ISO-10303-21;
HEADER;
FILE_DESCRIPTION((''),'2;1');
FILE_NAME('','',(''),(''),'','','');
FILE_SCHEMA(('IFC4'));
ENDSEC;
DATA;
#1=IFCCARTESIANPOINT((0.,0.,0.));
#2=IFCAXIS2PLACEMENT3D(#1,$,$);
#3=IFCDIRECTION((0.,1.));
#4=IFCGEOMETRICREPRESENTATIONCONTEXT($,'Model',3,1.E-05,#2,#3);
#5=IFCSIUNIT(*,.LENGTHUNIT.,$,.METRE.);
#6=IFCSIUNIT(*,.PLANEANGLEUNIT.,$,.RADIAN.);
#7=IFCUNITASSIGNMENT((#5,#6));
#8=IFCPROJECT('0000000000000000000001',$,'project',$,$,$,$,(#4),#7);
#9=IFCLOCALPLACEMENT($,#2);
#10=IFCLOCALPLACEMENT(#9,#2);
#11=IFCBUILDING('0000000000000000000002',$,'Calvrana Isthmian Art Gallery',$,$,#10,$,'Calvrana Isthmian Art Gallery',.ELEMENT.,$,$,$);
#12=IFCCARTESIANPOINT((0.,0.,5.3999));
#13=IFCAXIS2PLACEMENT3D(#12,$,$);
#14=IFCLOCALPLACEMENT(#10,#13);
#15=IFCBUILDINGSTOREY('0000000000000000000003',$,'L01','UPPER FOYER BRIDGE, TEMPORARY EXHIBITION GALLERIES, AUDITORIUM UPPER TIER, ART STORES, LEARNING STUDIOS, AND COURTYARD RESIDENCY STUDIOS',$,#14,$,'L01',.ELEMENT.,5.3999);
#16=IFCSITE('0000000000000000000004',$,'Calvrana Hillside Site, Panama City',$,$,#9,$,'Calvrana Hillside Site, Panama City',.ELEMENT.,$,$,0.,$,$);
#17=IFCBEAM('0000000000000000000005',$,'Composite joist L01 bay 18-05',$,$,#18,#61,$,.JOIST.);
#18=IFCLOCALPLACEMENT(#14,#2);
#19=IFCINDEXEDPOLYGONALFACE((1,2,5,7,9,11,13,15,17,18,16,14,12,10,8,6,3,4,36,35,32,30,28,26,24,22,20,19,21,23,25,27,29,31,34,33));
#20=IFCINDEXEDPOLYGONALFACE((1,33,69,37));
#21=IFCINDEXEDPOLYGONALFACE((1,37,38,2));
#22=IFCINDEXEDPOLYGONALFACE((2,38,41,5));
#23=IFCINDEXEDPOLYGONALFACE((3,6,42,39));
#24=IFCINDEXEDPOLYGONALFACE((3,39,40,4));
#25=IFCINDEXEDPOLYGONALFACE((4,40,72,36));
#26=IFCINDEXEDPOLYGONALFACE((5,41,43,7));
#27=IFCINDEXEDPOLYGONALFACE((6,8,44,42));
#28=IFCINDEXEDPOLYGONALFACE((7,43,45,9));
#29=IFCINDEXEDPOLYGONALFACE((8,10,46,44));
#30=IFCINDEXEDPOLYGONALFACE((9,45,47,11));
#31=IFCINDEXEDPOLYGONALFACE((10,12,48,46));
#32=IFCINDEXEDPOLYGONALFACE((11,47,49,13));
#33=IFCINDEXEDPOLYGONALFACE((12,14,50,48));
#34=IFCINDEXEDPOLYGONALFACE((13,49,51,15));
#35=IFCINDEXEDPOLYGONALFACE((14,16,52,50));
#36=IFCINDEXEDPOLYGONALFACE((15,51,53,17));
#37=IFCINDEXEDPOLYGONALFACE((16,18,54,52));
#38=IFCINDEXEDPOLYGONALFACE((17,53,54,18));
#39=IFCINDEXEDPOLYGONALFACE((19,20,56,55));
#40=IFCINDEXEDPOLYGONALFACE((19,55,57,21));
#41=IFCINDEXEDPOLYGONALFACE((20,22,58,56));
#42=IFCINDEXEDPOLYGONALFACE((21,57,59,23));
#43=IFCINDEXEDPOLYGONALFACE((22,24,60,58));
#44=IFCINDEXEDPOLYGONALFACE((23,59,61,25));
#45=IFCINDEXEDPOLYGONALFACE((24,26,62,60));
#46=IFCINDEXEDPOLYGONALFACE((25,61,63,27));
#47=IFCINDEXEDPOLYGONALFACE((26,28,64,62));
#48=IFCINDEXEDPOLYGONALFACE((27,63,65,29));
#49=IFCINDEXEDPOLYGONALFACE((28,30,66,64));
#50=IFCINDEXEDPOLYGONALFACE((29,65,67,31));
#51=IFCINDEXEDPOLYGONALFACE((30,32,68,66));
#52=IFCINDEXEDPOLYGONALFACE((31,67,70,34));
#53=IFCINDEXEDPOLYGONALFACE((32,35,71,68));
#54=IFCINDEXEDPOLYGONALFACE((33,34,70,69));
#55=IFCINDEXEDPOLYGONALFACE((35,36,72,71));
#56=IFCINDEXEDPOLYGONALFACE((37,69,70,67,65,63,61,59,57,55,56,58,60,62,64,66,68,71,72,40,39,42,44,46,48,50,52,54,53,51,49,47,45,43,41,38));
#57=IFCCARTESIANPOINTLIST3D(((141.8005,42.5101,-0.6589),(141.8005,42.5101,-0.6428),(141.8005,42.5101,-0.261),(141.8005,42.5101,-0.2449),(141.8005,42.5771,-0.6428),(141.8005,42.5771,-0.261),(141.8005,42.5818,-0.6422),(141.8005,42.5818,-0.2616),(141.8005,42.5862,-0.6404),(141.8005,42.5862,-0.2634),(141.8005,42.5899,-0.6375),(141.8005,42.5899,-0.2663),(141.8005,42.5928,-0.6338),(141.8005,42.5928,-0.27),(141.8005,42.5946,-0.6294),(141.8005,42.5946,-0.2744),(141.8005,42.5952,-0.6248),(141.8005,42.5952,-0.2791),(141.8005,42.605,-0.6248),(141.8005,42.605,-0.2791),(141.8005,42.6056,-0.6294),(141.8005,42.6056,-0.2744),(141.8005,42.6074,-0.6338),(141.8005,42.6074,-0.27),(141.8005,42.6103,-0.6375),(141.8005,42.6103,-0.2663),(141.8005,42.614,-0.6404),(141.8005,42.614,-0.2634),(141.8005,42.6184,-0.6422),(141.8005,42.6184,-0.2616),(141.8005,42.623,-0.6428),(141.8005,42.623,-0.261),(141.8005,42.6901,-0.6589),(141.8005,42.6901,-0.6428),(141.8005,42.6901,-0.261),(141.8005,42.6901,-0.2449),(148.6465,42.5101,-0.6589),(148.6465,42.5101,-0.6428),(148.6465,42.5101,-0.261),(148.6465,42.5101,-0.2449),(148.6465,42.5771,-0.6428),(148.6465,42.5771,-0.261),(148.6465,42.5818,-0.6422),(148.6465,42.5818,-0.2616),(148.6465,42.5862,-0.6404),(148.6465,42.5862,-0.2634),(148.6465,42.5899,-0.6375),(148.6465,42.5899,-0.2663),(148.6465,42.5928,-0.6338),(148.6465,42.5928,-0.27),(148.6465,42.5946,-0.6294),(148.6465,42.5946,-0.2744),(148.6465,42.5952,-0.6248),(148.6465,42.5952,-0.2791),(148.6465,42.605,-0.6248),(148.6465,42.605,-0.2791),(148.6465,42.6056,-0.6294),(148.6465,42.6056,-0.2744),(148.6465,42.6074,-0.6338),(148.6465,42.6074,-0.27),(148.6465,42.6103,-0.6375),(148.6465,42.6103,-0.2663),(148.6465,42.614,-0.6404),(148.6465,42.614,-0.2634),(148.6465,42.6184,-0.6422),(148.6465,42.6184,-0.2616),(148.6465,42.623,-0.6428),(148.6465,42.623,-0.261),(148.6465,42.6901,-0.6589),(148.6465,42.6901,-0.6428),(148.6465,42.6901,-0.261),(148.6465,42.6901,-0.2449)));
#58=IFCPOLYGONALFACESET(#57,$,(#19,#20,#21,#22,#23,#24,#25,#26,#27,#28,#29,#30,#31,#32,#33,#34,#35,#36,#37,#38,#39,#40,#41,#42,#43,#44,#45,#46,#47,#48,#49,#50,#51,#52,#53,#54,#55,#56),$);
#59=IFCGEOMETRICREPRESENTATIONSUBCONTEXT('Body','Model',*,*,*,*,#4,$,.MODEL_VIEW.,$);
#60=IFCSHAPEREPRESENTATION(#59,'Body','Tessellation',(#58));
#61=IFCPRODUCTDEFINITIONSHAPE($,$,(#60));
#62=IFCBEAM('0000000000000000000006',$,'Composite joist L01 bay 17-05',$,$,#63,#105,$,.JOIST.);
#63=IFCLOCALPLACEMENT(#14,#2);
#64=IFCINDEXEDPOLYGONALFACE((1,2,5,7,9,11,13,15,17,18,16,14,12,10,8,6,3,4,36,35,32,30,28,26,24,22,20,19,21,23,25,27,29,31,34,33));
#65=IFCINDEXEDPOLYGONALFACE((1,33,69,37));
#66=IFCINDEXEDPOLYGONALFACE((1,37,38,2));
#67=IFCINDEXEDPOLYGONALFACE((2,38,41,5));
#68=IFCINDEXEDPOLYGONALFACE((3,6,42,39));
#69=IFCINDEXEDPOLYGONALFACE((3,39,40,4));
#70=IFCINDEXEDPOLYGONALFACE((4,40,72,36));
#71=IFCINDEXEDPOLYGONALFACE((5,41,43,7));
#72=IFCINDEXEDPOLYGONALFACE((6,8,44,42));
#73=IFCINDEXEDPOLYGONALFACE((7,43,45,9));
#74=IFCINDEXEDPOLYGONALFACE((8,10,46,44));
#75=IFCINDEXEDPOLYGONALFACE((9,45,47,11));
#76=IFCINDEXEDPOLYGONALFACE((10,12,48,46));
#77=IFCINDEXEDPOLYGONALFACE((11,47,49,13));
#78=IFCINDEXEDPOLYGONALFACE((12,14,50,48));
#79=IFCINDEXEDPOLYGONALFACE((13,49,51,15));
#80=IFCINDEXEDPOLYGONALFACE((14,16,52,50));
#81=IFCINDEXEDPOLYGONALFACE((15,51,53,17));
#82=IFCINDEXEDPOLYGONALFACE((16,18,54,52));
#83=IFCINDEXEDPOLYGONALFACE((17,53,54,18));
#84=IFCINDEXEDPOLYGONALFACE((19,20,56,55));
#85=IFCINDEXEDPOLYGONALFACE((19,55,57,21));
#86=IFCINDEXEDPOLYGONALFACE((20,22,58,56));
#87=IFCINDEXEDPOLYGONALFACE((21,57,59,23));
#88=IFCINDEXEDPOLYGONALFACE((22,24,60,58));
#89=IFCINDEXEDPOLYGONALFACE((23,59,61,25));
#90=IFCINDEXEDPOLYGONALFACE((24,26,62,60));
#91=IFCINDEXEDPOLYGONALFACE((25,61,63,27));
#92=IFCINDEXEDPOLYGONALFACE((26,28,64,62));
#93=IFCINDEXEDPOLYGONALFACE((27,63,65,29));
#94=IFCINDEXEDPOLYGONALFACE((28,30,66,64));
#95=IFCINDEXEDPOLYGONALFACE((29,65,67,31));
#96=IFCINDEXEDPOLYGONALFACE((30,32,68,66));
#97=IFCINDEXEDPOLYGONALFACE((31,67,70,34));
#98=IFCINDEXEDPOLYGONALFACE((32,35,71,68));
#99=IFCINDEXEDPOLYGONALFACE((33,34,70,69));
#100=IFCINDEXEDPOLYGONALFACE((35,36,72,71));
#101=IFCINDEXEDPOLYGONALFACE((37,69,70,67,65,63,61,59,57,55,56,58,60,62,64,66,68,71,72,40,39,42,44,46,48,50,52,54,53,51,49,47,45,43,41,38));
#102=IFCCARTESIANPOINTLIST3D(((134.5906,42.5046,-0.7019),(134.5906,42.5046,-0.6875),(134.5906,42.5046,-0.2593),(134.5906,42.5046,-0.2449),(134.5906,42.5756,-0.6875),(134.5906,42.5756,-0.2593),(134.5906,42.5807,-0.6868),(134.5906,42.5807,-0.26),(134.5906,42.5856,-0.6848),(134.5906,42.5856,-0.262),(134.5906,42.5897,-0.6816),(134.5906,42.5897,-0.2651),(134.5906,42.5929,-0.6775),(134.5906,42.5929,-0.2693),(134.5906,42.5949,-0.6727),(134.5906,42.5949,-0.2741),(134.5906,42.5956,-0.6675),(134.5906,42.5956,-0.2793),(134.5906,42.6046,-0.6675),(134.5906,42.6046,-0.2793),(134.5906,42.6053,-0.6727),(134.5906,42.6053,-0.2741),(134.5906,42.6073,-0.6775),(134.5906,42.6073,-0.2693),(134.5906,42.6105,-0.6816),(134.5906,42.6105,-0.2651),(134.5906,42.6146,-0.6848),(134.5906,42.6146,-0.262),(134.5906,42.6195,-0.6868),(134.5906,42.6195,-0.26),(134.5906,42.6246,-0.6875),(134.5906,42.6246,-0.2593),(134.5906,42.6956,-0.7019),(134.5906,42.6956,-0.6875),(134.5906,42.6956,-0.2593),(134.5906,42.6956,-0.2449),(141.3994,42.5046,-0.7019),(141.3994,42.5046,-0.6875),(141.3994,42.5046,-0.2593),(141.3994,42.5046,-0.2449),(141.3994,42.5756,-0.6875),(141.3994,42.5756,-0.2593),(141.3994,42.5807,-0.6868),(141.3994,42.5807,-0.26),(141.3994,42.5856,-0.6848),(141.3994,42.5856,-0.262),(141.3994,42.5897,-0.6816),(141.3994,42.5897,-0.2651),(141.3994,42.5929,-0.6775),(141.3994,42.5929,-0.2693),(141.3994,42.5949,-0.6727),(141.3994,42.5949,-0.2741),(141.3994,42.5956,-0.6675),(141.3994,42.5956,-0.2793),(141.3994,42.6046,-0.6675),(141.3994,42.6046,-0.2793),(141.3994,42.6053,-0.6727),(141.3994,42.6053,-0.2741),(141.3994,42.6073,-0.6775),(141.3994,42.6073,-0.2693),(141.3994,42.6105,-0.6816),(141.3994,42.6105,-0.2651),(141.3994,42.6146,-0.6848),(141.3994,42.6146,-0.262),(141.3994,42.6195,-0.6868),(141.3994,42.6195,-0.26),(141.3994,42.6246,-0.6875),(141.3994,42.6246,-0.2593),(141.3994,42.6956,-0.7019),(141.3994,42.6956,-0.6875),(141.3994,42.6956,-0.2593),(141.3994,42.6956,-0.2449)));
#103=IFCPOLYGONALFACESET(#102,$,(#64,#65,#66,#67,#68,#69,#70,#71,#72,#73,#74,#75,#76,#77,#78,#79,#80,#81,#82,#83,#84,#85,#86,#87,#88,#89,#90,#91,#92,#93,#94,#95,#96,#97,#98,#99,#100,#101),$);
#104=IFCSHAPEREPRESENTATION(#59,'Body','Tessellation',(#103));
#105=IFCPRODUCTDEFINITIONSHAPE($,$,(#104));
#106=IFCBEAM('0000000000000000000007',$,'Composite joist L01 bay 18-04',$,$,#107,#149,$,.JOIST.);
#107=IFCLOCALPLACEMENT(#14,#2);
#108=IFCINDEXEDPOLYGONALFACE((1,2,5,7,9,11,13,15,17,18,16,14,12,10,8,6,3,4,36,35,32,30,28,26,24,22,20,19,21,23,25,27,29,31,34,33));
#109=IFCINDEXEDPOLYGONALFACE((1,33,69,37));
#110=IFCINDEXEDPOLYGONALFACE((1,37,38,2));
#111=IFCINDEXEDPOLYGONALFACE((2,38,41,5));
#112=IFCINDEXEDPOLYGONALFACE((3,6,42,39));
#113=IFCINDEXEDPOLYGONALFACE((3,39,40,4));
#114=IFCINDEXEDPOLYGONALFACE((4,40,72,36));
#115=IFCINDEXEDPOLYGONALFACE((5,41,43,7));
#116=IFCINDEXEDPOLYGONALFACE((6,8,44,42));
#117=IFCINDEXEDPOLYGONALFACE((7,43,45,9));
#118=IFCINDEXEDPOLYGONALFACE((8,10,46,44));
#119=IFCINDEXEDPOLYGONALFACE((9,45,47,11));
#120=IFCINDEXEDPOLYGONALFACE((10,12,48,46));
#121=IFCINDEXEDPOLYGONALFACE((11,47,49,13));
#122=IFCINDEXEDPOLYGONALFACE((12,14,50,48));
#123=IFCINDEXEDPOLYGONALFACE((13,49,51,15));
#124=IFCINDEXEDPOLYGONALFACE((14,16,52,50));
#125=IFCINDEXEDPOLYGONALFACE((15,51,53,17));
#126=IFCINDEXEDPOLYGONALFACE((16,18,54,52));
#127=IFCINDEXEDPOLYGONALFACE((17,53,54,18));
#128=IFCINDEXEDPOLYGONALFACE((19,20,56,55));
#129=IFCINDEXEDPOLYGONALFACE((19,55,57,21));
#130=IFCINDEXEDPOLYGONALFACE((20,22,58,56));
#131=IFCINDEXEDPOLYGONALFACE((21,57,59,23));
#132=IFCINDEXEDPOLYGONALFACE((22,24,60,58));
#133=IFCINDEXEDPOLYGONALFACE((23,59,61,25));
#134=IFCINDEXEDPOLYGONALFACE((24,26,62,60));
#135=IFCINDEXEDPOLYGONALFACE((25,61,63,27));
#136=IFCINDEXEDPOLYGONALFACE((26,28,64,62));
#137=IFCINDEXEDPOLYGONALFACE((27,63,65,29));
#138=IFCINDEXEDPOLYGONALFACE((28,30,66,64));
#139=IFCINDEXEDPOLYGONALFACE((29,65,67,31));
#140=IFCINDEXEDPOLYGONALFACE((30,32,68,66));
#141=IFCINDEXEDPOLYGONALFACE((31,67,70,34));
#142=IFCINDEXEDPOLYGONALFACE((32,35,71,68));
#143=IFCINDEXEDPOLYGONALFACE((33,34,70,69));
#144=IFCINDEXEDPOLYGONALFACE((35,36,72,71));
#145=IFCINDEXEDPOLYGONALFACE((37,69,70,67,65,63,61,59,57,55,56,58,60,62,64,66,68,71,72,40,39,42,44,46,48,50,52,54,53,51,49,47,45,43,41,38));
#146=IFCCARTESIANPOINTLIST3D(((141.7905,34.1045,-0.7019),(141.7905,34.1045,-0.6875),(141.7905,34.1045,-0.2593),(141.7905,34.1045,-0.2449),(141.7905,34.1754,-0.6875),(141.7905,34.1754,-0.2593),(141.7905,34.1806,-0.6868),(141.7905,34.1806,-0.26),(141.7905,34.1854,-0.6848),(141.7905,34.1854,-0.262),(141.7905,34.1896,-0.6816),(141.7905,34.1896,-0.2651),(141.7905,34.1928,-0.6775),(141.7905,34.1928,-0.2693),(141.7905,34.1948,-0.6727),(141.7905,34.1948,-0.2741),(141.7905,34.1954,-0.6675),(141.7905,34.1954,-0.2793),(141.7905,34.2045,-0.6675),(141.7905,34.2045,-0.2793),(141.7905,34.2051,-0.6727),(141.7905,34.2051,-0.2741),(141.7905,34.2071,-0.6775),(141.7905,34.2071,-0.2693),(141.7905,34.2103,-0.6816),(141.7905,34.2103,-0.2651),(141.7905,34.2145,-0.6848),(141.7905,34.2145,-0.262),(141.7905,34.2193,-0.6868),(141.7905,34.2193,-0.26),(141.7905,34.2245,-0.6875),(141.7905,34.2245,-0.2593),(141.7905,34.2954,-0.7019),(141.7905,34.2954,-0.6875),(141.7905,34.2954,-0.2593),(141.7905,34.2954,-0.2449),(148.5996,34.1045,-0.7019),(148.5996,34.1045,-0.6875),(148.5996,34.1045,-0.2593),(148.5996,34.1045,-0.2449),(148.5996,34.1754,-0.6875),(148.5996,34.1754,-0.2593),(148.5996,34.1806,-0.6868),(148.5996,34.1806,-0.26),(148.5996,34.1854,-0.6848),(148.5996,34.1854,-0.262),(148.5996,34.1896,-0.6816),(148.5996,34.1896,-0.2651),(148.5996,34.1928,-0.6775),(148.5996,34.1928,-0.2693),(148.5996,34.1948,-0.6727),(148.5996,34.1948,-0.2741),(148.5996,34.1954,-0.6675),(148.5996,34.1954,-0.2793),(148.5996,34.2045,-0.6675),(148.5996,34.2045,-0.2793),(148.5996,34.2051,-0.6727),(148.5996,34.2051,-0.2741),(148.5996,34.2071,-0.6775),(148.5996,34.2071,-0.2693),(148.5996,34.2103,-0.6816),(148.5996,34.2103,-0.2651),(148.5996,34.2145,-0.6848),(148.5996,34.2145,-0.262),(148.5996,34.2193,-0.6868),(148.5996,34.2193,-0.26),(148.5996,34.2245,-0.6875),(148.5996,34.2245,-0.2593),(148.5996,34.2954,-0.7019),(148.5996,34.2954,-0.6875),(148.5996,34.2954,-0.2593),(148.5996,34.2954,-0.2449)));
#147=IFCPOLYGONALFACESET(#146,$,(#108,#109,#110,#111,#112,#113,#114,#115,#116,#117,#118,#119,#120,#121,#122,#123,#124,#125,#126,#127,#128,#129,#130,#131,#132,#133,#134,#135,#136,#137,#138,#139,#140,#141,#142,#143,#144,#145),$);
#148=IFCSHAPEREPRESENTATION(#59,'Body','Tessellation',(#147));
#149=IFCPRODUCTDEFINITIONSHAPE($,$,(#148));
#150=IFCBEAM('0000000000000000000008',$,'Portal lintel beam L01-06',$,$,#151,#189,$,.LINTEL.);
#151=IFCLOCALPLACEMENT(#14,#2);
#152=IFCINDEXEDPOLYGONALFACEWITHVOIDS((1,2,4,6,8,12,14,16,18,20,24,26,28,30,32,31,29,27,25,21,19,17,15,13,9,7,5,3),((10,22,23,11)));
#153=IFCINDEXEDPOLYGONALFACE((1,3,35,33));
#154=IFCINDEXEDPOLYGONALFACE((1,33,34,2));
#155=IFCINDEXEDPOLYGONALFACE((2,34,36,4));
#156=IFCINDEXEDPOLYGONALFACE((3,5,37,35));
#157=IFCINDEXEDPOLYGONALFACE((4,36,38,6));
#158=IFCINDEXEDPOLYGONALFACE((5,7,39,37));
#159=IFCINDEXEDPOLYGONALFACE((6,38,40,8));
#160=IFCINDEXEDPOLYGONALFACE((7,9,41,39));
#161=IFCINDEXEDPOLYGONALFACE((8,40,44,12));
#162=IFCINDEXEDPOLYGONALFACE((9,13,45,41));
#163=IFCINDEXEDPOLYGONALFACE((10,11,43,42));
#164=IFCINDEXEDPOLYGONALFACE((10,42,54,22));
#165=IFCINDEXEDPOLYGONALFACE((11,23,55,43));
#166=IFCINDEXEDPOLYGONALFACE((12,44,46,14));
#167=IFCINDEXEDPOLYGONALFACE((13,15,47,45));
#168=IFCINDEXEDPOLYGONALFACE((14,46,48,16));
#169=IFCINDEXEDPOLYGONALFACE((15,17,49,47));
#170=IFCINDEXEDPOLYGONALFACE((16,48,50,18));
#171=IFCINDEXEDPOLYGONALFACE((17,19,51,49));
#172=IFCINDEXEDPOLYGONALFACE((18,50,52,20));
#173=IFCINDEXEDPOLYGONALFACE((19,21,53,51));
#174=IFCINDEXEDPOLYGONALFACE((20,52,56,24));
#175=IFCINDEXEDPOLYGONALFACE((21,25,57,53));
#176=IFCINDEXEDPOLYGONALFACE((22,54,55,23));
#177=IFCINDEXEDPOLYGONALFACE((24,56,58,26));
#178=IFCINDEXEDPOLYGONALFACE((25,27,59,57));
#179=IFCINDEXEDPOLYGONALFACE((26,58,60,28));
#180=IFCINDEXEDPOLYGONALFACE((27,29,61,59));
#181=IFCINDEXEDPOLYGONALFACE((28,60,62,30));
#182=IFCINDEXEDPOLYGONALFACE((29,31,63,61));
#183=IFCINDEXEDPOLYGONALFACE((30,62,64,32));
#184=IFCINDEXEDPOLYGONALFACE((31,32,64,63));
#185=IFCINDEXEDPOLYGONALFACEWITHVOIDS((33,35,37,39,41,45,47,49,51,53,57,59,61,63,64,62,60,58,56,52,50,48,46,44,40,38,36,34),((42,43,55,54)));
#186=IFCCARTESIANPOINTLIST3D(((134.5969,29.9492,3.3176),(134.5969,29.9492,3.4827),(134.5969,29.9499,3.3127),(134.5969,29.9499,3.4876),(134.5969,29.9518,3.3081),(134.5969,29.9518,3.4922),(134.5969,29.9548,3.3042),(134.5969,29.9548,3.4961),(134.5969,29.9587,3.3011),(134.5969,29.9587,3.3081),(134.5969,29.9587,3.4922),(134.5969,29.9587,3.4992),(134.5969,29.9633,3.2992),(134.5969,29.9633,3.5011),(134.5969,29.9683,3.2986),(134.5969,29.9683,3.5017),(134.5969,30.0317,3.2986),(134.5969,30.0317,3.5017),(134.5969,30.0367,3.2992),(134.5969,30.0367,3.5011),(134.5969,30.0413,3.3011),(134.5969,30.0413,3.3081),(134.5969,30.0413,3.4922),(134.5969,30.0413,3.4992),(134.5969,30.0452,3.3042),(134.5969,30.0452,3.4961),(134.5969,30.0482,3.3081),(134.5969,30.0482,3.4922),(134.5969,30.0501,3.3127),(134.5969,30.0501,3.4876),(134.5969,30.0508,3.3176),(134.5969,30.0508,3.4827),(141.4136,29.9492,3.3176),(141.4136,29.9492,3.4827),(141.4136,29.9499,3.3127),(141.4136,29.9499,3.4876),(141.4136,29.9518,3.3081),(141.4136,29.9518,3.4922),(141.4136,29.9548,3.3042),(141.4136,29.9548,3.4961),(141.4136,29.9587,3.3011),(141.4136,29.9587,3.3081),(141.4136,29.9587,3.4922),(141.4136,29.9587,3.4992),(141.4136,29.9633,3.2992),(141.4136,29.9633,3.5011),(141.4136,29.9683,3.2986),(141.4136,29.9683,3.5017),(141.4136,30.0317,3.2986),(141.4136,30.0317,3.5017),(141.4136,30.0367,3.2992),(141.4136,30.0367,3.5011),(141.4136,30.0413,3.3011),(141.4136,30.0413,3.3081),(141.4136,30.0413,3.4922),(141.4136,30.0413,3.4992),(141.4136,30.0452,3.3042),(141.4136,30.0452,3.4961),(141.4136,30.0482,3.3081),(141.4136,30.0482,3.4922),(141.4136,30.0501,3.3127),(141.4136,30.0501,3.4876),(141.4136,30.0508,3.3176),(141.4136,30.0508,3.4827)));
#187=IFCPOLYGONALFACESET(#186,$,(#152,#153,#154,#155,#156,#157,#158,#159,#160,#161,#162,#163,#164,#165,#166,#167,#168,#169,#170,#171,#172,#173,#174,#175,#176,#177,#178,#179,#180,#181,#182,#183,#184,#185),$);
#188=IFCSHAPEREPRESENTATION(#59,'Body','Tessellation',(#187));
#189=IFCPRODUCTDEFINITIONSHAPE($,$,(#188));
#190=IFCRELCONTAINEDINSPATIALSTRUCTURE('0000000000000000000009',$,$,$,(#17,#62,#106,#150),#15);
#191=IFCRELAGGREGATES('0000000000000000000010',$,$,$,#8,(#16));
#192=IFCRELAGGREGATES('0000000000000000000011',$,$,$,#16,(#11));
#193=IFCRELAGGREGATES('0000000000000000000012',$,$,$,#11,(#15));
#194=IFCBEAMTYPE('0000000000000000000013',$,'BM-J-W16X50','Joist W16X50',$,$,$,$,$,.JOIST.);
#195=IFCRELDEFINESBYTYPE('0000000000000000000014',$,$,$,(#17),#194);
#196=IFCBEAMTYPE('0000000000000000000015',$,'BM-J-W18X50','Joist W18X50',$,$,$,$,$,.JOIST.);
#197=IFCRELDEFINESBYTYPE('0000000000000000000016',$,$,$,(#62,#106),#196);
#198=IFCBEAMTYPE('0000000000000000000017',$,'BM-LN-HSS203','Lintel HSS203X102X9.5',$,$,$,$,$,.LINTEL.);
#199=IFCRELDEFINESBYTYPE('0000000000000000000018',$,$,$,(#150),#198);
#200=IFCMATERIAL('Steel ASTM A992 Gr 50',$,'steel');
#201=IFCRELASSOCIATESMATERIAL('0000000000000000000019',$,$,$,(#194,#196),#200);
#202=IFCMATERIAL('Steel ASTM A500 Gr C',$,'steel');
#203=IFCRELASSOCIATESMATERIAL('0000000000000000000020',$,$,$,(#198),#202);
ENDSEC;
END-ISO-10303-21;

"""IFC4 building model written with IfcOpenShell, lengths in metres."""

from ifc_helpers import new_model, si_unit, direction, frame, origin, origin_2d, place, context, subcontext, project, spatial, hollow_rectangle, i_section, extrude, material, material_profile, profile_set, type_object, element, save


model = new_model("IFC4")

# Units and contexts
model_context = context("Model", 3, precision=1e-05, world=origin(), true_north=direction((0.0, 1.0)))
body_context = subcontext(model_context, "Body", "Model", "MODEL_VIEW")
ifc_project = project(units=[si_unit("LENGTHUNIT", "METRE"), si_unit("PLANEANGLEUNIT", "RADIAN")], contexts=[model_context])

# Site, building, storey
site_placement = place(None, origin())
site = spatial("IfcSite", under=ifc_project, at=site_placement, Name="Calvrana Hillside Site, Panama City", LongName="Calvrana Hillside Site, Panama City", CompositionType="ELEMENT", RefElevation=0.0)
building_placement = place(site_placement, origin())
building = spatial("IfcBuilding", under=site, at=building_placement, Name="Calvrana Isthmian Art Gallery", LongName="Calvrana Isthmian Art Gallery", CompositionType="ELEMENT")
storey_placement = place(building_placement, frame((0.0, 0.0, 5.3999)))
storey = spatial("IfcBuildingStorey", under=building, at=storey_placement, Name="L01", Description="UPPER FOYER BRIDGE, TEMPORARY EXHIBITION GALLERIES, AUDITORIUM UPPER TIER, ART STORES, LEARNING STUDIOS, AND COURTYARD RESIDENCY STUDIOS", LongName="L01", CompositionType="ELEMENT", Elevation=5.3999)

# Shared definitions
ifc_material_1 = material(Name="Steel ASTM A992 Gr 50", Category="steel")

# Beams
ifc_material_profile_1 = material_profile(ifc_material_1, i_section(OverallWidth=0.1799, OverallDepth=0.4141, WebThickness=0.0098, FlangeThickness=0.0161, FilletRadius=0.0181, at=origin_2d()), Name="W16X50")
ifc_profile_set_1 = profile_set([ifc_material_profile_1], Name="Steel ASTM A992 Gr 50")
beam_type_1 = type_object("IfcBeamType", Name="BM-J-W16X50", Description="Joist W16X50", PredefinedType="JOIST", material=ifc_profile_set_1)
beam_1_placement = place(storey_placement, frame((141.8005, 42.6001, -0.4519), z_axis=(1.0, 0.0, 0.0), x_axis=(0.0, 1.0, 0.0)))
element("IfcBeam", 1, at=beam_1_placement, inside=storey, type_object=beam_type_1, Name="Composite joist L01 bay 18-05", PredefinedType="JOIST", context=body_context, shape_type="SweptSolid", body=[
    extrude(i_section(OverallWidth=0.1799, OverallDepth=0.4141, WebThickness=0.0098, FlangeThickness=0.0161, FilletRadius=0.0181, at=origin_2d()), origin(), (0.0, 0.0, 1.0), 6.8459),
])
ifc_material_profile_2 = material_profile(ifc_material_1, i_section(OverallWidth=0.1909, OverallDepth=0.457, WebThickness=0.009, FlangeThickness=0.0144, FilletRadius=0.02, at=origin_2d()), Name="W18X50")
ifc_profile_set_2 = profile_set([ifc_material_profile_2], Name="Steel ASTM A992 Gr 50")
beam_type_2 = type_object("IfcBeamType", Name="BM-J-W18X50", Description="Joist W18X50", PredefinedType="JOIST", material=ifc_profile_set_2)
beam_2_placement = place(storey_placement, frame((134.5906, 42.6001, -0.4734), z_axis=(1.0, 0.0, 0.0), x_axis=(0.0, 1.0, 0.0)))
element("IfcBeam", 2, at=beam_2_placement, inside=storey, type_object=beam_type_2, Name="Composite joist L01 bay 17-05", PredefinedType="JOIST", context=body_context, shape_type="SweptSolid", body=[
    extrude(i_section(OverallWidth=0.1909, OverallDepth=0.457, WebThickness=0.009, FlangeThickness=0.0144, FilletRadius=0.02, at=origin_2d()), origin(), (0.0, 0.0, 1.0), 6.8088),
])
beam_3_placement = place(storey_placement, frame((141.7905, 34.2, -0.4734), z_axis=(1.0, 0.0, 0.0), x_axis=(0.0, 1.0, 0.0)))
element("IfcBeam", 3, at=beam_3_placement, inside=storey, type_object=beam_type_2, Name="Composite joist L01 bay 18-04", PredefinedType="JOIST", context=body_context, shape_type="SweptSolid", body=[
    extrude(i_section(OverallWidth=0.1909, OverallDepth=0.457, WebThickness=0.009, FlangeThickness=0.0144, FilletRadius=0.02, at=origin_2d()), origin(), (0.0, 0.0, 1.0), 6.8091),
])
ifc_material_2 = material(Name="Steel ASTM A500 Gr C", Category="steel")
ifc_material_profile_3 = material_profile(ifc_material_2, hollow_rectangle(XDim=0.1016, YDim=0.2031, WallThickness=0.0095, OuterFilletRadius=0.019, at=origin_2d()), Name="HSS203X102X9.5")
ifc_profile_set_3 = profile_set([ifc_material_profile_3], Name="Steel ASTM A500 Gr C")
beam_type_3 = type_object("IfcBeamType", Name="BM-LN-HSS203", Description="Lintel HSS203X102X9.5", PredefinedType="LINTEL", material=ifc_profile_set_3)
beam_4_placement = place(storey_placement, frame((134.5969, 30.0, 3.4001), z_axis=(1.0, 0.0, 0.0), x_axis=(0.0, 1.0, 0.0)))
element("IfcBeam", 4, at=beam_4_placement, inside=storey, type_object=beam_type_3, Name="Portal lintel beam L01-06", PredefinedType="LINTEL", context=body_context, shape_type="SweptSolid", body=[
    extrude(hollow_rectangle(XDim=0.1016, YDim=0.2031, WallThickness=0.0095, OuterFilletRadius=0.019, at=origin_2d()), origin(), (0.0, 0.0, 1.0), 6.8167),
])

save(model, "model.ifc")
